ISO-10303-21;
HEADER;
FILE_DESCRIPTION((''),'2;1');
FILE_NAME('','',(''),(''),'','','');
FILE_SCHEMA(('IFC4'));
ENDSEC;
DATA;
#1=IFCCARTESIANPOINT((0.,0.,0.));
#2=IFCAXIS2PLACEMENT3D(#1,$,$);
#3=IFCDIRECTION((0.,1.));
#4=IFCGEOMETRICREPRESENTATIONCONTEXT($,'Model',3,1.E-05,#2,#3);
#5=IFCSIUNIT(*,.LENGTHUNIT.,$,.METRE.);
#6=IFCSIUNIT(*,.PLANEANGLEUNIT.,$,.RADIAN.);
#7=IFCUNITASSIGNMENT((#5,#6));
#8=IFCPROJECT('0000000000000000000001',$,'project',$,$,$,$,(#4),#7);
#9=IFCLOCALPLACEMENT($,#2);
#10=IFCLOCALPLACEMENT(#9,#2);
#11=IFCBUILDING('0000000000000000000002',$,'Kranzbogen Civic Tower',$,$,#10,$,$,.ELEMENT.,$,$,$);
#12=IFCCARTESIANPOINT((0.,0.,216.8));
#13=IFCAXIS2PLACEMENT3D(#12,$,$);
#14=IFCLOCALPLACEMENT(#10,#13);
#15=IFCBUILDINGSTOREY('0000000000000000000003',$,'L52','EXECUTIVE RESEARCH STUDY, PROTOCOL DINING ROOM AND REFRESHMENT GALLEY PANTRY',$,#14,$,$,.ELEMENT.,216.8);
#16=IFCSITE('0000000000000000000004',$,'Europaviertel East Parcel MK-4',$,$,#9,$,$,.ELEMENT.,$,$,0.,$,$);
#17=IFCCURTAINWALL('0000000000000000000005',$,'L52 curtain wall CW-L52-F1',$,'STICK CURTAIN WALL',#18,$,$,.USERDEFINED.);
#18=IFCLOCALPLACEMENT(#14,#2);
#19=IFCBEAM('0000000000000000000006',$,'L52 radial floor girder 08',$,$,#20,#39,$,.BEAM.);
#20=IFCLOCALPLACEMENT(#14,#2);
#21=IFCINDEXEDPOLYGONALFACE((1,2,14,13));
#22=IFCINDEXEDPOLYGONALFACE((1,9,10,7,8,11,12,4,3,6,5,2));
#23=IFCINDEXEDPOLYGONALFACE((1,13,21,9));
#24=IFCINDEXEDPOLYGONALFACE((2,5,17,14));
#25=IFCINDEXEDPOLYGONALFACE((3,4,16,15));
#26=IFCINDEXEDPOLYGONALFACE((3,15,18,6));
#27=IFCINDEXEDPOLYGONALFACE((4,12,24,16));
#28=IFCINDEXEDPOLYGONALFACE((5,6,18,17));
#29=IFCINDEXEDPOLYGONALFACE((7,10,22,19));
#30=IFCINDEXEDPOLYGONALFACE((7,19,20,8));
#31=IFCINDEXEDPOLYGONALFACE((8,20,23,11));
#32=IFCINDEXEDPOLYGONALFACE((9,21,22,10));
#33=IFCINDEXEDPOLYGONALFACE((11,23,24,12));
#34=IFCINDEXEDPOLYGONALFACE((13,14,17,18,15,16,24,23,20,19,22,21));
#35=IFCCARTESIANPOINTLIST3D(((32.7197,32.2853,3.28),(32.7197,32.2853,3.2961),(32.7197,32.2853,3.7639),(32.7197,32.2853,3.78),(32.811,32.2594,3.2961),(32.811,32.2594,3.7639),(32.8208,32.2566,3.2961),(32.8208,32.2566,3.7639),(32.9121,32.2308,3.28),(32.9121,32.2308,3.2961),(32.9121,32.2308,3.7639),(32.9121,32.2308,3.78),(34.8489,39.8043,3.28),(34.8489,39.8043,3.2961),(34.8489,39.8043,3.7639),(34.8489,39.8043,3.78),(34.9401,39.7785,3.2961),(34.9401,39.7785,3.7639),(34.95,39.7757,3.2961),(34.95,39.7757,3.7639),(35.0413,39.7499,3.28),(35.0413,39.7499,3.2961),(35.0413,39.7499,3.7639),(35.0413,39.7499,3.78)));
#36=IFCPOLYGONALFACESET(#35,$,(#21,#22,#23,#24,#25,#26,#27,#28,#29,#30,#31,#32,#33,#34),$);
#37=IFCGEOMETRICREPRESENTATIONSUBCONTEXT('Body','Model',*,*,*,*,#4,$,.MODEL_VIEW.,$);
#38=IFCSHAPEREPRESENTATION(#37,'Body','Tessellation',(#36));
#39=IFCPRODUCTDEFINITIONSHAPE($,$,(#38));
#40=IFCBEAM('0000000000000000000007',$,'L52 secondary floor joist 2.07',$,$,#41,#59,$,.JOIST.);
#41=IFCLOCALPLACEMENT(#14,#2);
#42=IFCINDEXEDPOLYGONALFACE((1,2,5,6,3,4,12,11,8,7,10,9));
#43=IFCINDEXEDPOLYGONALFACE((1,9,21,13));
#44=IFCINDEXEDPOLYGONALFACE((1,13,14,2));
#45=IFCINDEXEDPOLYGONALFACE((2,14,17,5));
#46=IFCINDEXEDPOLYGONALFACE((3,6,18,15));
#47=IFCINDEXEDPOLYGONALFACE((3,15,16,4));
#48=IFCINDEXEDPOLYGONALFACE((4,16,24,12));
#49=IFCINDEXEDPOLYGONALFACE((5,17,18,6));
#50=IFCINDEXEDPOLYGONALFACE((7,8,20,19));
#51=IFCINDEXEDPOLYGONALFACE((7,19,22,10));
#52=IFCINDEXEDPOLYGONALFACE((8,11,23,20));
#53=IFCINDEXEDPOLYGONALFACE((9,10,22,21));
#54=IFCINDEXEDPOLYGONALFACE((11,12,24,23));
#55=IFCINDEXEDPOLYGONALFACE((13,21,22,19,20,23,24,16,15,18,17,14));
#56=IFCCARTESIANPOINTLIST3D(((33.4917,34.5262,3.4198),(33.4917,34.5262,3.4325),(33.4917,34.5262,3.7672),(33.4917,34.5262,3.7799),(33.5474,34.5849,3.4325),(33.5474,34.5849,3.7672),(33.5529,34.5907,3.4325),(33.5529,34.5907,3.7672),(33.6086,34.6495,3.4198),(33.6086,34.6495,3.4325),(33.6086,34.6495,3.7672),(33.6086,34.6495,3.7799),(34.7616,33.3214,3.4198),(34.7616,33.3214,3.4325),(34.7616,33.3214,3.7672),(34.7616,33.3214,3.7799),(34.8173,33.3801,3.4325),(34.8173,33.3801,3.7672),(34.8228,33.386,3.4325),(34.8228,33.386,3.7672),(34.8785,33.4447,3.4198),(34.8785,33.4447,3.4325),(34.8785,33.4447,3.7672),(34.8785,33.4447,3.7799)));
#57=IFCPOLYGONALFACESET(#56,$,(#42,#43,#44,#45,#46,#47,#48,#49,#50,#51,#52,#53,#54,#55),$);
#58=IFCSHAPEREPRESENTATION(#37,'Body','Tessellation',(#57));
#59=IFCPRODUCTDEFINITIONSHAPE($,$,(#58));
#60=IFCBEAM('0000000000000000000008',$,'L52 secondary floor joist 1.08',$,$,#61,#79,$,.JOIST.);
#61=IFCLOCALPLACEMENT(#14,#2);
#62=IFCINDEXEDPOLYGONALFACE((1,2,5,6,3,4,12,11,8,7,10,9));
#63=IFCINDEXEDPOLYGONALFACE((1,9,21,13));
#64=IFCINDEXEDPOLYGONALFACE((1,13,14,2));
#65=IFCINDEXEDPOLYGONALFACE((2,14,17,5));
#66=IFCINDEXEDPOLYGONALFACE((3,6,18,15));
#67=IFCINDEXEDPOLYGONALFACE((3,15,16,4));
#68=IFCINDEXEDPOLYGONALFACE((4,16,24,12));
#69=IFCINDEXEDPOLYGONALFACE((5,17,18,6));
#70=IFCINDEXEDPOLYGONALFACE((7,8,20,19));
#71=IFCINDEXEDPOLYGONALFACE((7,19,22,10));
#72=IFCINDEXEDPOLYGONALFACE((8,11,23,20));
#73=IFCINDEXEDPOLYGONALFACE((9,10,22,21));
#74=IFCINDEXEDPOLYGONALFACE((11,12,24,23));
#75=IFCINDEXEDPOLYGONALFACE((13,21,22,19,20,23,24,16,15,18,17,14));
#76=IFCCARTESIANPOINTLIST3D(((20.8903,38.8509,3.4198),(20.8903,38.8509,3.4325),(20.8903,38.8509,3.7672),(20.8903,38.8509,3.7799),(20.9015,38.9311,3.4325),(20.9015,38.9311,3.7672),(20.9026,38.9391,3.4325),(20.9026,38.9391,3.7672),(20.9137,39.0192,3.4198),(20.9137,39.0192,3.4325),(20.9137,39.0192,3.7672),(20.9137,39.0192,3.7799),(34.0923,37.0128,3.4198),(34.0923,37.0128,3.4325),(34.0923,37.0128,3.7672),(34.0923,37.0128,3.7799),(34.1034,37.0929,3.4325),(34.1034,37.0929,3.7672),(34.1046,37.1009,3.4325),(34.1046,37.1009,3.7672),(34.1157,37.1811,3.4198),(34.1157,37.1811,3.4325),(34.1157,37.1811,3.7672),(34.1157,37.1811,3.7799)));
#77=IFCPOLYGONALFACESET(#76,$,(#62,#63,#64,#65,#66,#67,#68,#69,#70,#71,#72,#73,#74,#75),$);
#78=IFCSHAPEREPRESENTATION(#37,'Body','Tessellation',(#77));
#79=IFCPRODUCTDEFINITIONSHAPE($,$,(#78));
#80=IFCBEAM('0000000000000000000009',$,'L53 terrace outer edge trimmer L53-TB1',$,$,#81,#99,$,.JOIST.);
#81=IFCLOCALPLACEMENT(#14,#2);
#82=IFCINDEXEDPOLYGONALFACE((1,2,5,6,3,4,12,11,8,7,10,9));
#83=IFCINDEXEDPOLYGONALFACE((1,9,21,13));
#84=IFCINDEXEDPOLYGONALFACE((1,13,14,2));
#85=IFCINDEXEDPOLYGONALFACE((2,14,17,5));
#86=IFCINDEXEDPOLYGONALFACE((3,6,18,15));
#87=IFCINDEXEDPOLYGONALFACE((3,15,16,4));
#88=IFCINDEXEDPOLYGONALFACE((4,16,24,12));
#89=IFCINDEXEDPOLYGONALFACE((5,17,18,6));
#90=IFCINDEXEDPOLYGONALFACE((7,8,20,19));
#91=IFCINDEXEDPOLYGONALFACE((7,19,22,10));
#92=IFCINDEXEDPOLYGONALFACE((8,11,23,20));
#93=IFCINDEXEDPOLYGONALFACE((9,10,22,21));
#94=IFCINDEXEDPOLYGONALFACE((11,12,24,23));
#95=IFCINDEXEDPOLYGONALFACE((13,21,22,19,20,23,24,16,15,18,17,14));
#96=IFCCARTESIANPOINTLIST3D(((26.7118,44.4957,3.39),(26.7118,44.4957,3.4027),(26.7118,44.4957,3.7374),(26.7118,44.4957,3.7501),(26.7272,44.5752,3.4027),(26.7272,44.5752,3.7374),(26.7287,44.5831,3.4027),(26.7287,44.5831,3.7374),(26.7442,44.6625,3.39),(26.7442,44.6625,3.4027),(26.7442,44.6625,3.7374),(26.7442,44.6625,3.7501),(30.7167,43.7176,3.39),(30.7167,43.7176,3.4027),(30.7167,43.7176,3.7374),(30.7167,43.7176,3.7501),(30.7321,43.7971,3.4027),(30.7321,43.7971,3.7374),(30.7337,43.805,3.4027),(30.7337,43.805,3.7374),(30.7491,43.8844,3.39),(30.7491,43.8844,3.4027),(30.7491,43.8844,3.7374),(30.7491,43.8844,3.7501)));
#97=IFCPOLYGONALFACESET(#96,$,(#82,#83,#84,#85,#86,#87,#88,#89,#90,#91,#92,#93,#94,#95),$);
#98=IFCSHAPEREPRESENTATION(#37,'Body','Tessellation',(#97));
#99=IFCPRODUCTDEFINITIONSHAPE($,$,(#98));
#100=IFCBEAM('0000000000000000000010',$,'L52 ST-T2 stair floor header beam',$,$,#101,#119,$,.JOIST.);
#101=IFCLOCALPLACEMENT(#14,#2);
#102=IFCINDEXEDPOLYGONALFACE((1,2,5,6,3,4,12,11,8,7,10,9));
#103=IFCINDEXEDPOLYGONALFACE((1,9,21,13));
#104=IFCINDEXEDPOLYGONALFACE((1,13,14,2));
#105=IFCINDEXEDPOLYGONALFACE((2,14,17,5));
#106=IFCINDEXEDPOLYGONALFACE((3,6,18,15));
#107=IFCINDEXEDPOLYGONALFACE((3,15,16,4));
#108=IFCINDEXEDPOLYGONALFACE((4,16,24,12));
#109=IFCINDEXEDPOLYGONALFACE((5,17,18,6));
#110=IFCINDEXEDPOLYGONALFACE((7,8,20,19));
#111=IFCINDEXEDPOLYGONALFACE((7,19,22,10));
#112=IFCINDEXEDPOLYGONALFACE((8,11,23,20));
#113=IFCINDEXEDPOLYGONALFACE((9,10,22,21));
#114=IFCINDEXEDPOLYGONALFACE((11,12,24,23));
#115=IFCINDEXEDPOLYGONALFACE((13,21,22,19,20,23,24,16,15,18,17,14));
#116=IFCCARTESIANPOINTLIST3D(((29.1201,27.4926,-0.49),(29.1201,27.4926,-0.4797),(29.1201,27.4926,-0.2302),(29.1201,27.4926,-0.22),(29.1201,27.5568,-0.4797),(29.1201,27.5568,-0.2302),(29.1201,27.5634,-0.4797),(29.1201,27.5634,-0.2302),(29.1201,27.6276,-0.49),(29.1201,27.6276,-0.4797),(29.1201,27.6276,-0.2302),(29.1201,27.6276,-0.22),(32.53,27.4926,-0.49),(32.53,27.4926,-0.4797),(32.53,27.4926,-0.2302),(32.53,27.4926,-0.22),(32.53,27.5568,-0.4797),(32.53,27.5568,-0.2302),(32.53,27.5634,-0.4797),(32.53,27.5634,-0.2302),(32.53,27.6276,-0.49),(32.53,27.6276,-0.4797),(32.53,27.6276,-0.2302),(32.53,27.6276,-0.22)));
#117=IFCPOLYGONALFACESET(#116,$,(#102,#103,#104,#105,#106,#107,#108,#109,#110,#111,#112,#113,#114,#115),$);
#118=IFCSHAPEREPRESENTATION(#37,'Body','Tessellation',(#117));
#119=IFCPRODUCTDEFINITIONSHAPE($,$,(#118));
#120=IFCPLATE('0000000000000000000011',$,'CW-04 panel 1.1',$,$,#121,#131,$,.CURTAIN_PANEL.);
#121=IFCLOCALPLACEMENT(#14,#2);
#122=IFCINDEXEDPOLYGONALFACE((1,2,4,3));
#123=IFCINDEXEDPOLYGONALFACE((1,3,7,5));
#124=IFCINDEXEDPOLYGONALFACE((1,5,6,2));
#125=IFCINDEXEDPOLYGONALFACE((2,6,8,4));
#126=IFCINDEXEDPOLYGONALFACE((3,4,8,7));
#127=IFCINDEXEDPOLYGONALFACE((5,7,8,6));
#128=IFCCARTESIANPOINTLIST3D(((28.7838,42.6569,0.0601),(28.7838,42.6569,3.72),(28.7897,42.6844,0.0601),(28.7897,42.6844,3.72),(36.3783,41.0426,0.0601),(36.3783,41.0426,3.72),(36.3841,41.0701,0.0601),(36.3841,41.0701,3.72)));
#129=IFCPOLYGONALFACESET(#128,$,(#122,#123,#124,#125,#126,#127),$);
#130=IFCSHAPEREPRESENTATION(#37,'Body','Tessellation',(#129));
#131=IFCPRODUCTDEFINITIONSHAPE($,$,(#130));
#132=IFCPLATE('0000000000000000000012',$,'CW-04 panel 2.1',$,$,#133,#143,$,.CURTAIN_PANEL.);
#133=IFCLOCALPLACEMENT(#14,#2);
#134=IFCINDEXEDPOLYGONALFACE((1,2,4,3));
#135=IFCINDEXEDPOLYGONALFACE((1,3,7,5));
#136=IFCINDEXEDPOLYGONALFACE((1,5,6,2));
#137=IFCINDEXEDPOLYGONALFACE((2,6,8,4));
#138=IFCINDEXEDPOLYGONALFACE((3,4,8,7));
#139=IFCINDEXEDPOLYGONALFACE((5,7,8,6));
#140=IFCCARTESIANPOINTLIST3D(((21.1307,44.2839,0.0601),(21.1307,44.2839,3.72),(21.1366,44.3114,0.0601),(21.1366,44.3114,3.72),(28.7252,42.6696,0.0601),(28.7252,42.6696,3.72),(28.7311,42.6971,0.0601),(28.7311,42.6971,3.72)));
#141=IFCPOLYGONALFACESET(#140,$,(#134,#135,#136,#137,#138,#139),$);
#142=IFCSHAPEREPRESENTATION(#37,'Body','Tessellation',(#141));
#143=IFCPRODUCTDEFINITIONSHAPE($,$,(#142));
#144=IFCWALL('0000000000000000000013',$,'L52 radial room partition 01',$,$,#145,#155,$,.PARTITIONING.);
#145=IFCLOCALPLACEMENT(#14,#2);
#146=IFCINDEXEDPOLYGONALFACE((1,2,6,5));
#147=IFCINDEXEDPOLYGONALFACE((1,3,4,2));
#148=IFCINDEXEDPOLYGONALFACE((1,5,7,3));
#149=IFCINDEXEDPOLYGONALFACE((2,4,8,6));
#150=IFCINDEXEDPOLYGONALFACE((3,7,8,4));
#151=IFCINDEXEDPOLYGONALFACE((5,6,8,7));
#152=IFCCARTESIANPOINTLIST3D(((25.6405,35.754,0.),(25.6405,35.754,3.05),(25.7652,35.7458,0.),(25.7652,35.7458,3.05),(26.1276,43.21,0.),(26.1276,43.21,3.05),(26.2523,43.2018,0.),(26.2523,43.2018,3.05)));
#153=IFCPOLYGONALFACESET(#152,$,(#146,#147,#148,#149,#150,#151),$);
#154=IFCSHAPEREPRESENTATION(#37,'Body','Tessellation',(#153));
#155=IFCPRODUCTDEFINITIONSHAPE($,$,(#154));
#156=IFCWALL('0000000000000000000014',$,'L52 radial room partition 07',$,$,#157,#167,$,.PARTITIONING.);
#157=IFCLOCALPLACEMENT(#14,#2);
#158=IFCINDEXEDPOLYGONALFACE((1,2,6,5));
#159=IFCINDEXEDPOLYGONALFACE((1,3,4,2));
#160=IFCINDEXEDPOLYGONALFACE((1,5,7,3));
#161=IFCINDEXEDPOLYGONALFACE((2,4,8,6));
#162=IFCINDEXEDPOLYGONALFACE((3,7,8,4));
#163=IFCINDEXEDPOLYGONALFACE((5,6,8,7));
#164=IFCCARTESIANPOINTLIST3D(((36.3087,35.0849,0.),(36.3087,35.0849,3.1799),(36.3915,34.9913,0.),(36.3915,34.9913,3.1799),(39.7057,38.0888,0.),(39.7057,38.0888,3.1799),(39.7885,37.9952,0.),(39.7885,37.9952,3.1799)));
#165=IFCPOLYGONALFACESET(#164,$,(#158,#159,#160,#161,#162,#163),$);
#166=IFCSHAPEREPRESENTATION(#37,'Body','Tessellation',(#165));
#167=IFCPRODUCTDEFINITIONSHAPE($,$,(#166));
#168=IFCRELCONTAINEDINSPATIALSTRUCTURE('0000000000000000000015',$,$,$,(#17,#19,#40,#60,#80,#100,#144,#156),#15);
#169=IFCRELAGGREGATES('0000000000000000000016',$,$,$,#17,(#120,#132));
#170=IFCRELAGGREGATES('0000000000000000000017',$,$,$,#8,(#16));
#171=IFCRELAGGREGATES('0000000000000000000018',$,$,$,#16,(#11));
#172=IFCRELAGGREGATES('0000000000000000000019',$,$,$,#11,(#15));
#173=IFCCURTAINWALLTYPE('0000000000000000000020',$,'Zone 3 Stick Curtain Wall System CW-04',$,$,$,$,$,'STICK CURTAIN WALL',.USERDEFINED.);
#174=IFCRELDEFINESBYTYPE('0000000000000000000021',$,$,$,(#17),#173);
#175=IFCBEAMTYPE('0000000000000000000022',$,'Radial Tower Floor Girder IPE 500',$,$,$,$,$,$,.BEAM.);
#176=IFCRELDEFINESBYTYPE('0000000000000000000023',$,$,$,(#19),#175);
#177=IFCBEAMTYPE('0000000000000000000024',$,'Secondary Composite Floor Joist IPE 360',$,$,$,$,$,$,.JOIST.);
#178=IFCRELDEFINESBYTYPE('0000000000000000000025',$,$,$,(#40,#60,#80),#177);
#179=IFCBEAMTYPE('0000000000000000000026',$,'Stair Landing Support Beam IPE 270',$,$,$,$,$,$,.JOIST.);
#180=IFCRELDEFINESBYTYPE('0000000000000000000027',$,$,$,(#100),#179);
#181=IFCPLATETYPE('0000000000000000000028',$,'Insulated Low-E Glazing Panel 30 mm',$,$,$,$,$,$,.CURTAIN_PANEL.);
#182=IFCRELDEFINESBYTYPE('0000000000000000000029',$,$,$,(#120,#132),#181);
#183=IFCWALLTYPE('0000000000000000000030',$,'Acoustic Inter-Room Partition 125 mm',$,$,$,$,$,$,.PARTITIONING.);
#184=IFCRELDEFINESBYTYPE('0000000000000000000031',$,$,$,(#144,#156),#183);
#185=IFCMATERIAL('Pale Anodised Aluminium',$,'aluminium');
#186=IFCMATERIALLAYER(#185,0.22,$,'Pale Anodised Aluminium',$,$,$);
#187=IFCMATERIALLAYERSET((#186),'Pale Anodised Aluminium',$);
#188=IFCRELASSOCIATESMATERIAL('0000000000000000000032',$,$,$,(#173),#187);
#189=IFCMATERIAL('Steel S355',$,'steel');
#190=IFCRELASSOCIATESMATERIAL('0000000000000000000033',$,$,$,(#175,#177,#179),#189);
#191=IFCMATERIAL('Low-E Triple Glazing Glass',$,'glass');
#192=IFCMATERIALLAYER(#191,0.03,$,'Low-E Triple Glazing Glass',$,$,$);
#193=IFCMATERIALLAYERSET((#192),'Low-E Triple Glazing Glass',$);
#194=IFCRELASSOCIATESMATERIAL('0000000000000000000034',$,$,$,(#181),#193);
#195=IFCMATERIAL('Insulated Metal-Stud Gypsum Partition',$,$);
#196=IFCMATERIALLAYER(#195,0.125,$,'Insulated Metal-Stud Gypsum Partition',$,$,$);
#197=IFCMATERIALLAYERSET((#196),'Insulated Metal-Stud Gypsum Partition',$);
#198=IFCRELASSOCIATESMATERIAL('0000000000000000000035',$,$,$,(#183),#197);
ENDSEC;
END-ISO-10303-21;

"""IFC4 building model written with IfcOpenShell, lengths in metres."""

from ifc_helpers import new_model, si_unit, direction, frame, frame_2d, origin, origin_2d, place, context, subcontext, project, spatial, rectangle, i_section, extrude, material, layer, layer_set, material_profile, profile_set, type_object, element, aggregate, save


model = new_model("IFC4")

# Units and contexts
model_context = context("Model", 3, precision=1e-05, world=origin(), true_north=direction((0.0, 1.0)))
body_context = subcontext(model_context, "Body", "Model", "MODEL_VIEW")
ifc_project = project(units=[si_unit("LENGTHUNIT", "METRE"), si_unit("PLANEANGLEUNIT", "RADIAN")], contexts=[model_context])

# Site, building, storey
site_placement = place(None, origin())
site = spatial("IfcSite", under=ifc_project, at=site_placement, Name="Europaviertel East Parcel MK-4", CompositionType="ELEMENT", RefElevation=0.0)
building_placement = place(site_placement, origin())
building = spatial("IfcBuilding", under=site, at=building_placement, Name="Kranzbogen Civic Tower", CompositionType="ELEMENT")
storey_placement = place(building_placement, frame((0.0, 0.0, 216.8)))
storey = spatial("IfcBuildingStorey", under=building, at=storey_placement, Name="L52", Description="EXECUTIVE RESEARCH STUDY, PROTOCOL DINING ROOM AND REFRESHMENT GALLEY PANTRY", CompositionType="ELEMENT", Elevation=216.8)

# Shared definitions
ifc_material_1 = material(Name="Steel S355", Category="steel")

# Curtain wall
ifc_material_2 = material(Name="Pale Anodised Aluminium", Category="aluminium")
ifc_layer_1 = layer(ifc_material_2, 0.22, Name="Pale Anodised Aluminium")
ifc_layer_set_1 = layer_set([ifc_layer_1], Name="Pale Anodised Aluminium")
curtain_wall_type = type_object("IfcCurtainWallType", Name="Zone 3 Stick Curtain Wall System CW-04", ElementType="STICK CURTAIN WALL", PredefinedType="USERDEFINED", material=ifc_layer_set_1)
curtain_wall_placement = place(storey_placement, origin())
curtain_wall = element("IfcCurtainWall", 1, at=curtain_wall_placement, inside=storey, type_object=curtain_wall_type, Name="L52 curtain wall CW-L52-F1", ObjectType="STICK CURTAIN WALL", PredefinedType="USERDEFINED")

# Beams
ifc_material_profile_1 = material_profile(ifc_material_1, i_section(OverallWidth=0.2, OverallDepth=0.5, WebThickness=0.0103, FlangeThickness=0.0161, at=origin_2d()), Name="IPE 500")
ifc_profile_set_1 = profile_set([ifc_material_profile_1], Name="Steel S355")
beam_type_1 = type_object("IfcBeamType", Name="Radial Tower Floor Girder IPE 500", PredefinedType="BEAM", material=ifc_profile_set_1)
beam_1_placement = place(storey_placement, frame((34.9451, 39.7771, 3.53), z_axis=(-0.272455, -0.962169, 0.0), x_axis=(0.962169, -0.272455, 0.0)))
element("IfcBeam", 2, at=beam_1_placement, inside=storey, type_object=beam_type_1, Name="L52 radial floor girder 08", PredefinedType="BEAM", context=body_context, shape_type="SweptSolid", body=[
    extrude(i_section(OverallWidth=0.2, OverallDepth=0.5, WebThickness=0.0103, FlangeThickness=0.0161, at=origin_2d()), origin(), (0.0, 0.0, 1.0), 7.8147),
])
ifc_material_profile_2 = material_profile(ifc_material_1, i_section(OverallWidth=0.1699, OverallDepth=0.3601, WebThickness=0.0081, FlangeThickness=0.0127, at=origin_2d()), Name="IPE 360")
ifc_profile_set_2 = profile_set([ifc_material_profile_2], Name="Steel S355")
beam_type_2 = type_object("IfcBeamType", Name="Secondary Composite Floor Joist IPE 360", PredefinedType="JOIST", material=ifc_profile_set_2)
beam_2_placement = place(storey_placement, frame((34.8201, 33.3831, 3.5999), z_axis=(-0.72548, 0.688243, 0.0), x_axis=(-0.688243, -0.72548, 0.0)))
element("IfcBeam", 3, at=beam_2_placement, inside=storey, type_object=beam_type_2, Name="L52 secondary floor joist 2.07", PredefinedType="JOIST", context=body_context, shape_type="SweptSolid", body=[
    extrude(i_section(OverallWidth=0.1699, OverallDepth=0.3601, WebThickness=0.0081, FlangeThickness=0.0127, at=origin_2d()), origin(), (0.0, 0.0, 1.0), 1.7505),
])
beam_3_placement = place(storey_placement, frame((34.104, 37.0969, 3.5999), z_axis=(-0.990446, 0.137902, 0.0), x_axis=(-0.137902, -0.990446, 0.0)))
element("IfcBeam", 4, at=beam_3_placement, inside=storey, type_object=beam_type_2, Name="L52 secondary floor joist 1.08", PredefinedType="JOIST", context=body_context, shape_type="SweptSolid", body=[
    extrude(i_section(OverallWidth=0.1699, OverallDepth=0.3601, WebThickness=0.0081, FlangeThickness=0.0127, at=origin_2d()), origin(), (0.0, 0.0, 1.0), 13.3293),
])
beam_4_placement = place(storey_placement, frame((30.7329, 43.801, 3.5701), z_axis=(-0.981645, 0.190716, 0.0), x_axis=(-0.190716, -0.981645, 0.0)))
element("IfcBeam", 5, at=beam_4_placement, inside=storey, type_object=beam_type_2, Name="L53 terrace outer edge trimmer L53-TB1", PredefinedType="JOIST", context=body_context, shape_type="SweptSolid", body=[
    extrude(i_section(OverallWidth=0.1699, OverallDepth=0.3601, WebThickness=0.0081, FlangeThickness=0.0127, at=origin_2d()), origin(), (0.0, 0.0, 1.0), 4.0798),
])
ifc_material_profile_3 = material_profile(ifc_material_1, i_section(OverallWidth=0.135, OverallDepth=0.27, WebThickness=0.0066, FlangeThickness=0.0103, at=origin_2d()), Name="IPE 270")
ifc_profile_set_3 = profile_set([ifc_material_profile_3], Name="Steel S355")
beam_type_3 = type_object("IfcBeamType", Name="Stair Landing Support Beam IPE 270", PredefinedType="JOIST", material=ifc_profile_set_3)
beam_5_placement = place(storey_placement, frame((29.1201, 27.5601, -0.355), z_axis=(1.0, 0.0, 0.0), x_axis=(0.0, 1.0, 0.0)))
element("IfcBeam", 6, at=beam_5_placement, inside=storey, type_object=beam_type_3, Name="L52 ST-T2 stair floor header beam", PredefinedType="JOIST", context=body_context, shape_type="SweptSolid", body=[
    extrude(i_section(OverallWidth=0.135, OverallDepth=0.27, WebThickness=0.0066, FlangeThickness=0.0103, at=origin_2d()), origin(), (0.0, 0.0, 1.0), 3.4099),
])

# Plates
ifc_material_3 = material(Name="Low-E Triple Glazing Glass", Category="glass")
ifc_layer_2 = layer(ifc_material_3, 0.03, Name="Low-E Triple Glazing Glass")
ifc_layer_set_2 = layer_set([ifc_layer_2], Name="Low-E Triple Glazing Glass")
plate_type = type_object("IfcPlateType", Name="Insulated Low-E Glazing Panel 30 mm", PredefinedType="CURTAIN_PANEL", material=ifc_layer_set_2)
plate_1_placement = place(storey_placement, frame((32.584, 41.8635, 0.0601), z_axis=(0.0, 0.0, 1.0), x_axis=(-0.978147, 0.207916, 0.0)))
plate_1 = element("IfcPlate", 7, at=plate_1_placement, type_object=plate_type, Name="CW-04 panel 1.1", PredefinedType="CURTAIN_PANEL", context=body_context, shape_type="SweptSolid", body=[
    extrude(rectangle(XDim=7.7642, YDim=0.0281, at=origin_2d()), origin(), (0.0, 0.0, 1.0), 3.6599),
])
plate_2_placement = place(storey_placement, frame((24.9309, 43.4905, 0.0601), z_axis=(0.0, 0.0, 1.0), x_axis=(-0.978147, 0.207916, 0.0)))
plate_2 = element("IfcPlate", 8, at=plate_2_placement, type_object=plate_type, Name="CW-04 panel 2.1", PredefinedType="CURTAIN_PANEL", context=body_context, shape_type="SweptSolid", body=[
    extrude(rectangle(XDim=7.7642, YDim=0.0281, at=origin_2d()), origin(), (0.0, 0.0, 1.0), 3.6599),
])
aggregate(curtain_wall, [plate_1, plate_2])

# Walls
ifc_material_4 = material(Name="Insulated Metal-Stud Gypsum Partition")
ifc_layer_3 = layer(ifc_material_4, 0.125, Name="Insulated Metal-Stud Gypsum Partition")
ifc_layer_set_3 = layer_set([ifc_layer_3], Name="Insulated Metal-Stud Gypsum Partition")
wall_type_1 = type_object("IfcWallType", Name="Acoustic Inter-Room Partition 125 mm", PredefinedType="PARTITIONING", material=ifc_layer_set_3)
wall_1_placement = place(storey_placement, frame((25.7029, 35.75, 0.0), z_axis=(0.0, 0.0, 1.0), x_axis=(0.065185, 0.997873, 0.0)))
element("IfcWall", 9, at=wall_1_placement, inside=storey, type_object=wall_type_1, Name="L52 radial room partition 01", PredefinedType="PARTITIONING", context=body_context, shape_type="SweptSolid", body=[
    extrude(rectangle(XDim=7.4719, YDim=0.125, at=frame_2d((3.7358, 0.0))), origin(), (0.0, 0.0, 1.0), 3.05),
])
wall_2_placement = place(storey_placement, frame((36.3501, 35.0381, 0.0), z_axis=(0.0, 0.0, 1.0), x_axis=(0.749118, 0.662437, 0.0)))
element("IfcWall", 10, at=wall_2_placement, inside=storey, type_object=wall_type_1, Name="L52 radial room partition 07", PredefinedType="PARTITIONING", context=body_context, shape_type="SweptSolid", body=[
    extrude(rectangle(XDim=4.5347, YDim=0.125, at=frame_2d((2.2673, 0.0))), origin(), (0.0, 0.0, 1.0), 3.1799),
])

save(model, "model.ifc")
